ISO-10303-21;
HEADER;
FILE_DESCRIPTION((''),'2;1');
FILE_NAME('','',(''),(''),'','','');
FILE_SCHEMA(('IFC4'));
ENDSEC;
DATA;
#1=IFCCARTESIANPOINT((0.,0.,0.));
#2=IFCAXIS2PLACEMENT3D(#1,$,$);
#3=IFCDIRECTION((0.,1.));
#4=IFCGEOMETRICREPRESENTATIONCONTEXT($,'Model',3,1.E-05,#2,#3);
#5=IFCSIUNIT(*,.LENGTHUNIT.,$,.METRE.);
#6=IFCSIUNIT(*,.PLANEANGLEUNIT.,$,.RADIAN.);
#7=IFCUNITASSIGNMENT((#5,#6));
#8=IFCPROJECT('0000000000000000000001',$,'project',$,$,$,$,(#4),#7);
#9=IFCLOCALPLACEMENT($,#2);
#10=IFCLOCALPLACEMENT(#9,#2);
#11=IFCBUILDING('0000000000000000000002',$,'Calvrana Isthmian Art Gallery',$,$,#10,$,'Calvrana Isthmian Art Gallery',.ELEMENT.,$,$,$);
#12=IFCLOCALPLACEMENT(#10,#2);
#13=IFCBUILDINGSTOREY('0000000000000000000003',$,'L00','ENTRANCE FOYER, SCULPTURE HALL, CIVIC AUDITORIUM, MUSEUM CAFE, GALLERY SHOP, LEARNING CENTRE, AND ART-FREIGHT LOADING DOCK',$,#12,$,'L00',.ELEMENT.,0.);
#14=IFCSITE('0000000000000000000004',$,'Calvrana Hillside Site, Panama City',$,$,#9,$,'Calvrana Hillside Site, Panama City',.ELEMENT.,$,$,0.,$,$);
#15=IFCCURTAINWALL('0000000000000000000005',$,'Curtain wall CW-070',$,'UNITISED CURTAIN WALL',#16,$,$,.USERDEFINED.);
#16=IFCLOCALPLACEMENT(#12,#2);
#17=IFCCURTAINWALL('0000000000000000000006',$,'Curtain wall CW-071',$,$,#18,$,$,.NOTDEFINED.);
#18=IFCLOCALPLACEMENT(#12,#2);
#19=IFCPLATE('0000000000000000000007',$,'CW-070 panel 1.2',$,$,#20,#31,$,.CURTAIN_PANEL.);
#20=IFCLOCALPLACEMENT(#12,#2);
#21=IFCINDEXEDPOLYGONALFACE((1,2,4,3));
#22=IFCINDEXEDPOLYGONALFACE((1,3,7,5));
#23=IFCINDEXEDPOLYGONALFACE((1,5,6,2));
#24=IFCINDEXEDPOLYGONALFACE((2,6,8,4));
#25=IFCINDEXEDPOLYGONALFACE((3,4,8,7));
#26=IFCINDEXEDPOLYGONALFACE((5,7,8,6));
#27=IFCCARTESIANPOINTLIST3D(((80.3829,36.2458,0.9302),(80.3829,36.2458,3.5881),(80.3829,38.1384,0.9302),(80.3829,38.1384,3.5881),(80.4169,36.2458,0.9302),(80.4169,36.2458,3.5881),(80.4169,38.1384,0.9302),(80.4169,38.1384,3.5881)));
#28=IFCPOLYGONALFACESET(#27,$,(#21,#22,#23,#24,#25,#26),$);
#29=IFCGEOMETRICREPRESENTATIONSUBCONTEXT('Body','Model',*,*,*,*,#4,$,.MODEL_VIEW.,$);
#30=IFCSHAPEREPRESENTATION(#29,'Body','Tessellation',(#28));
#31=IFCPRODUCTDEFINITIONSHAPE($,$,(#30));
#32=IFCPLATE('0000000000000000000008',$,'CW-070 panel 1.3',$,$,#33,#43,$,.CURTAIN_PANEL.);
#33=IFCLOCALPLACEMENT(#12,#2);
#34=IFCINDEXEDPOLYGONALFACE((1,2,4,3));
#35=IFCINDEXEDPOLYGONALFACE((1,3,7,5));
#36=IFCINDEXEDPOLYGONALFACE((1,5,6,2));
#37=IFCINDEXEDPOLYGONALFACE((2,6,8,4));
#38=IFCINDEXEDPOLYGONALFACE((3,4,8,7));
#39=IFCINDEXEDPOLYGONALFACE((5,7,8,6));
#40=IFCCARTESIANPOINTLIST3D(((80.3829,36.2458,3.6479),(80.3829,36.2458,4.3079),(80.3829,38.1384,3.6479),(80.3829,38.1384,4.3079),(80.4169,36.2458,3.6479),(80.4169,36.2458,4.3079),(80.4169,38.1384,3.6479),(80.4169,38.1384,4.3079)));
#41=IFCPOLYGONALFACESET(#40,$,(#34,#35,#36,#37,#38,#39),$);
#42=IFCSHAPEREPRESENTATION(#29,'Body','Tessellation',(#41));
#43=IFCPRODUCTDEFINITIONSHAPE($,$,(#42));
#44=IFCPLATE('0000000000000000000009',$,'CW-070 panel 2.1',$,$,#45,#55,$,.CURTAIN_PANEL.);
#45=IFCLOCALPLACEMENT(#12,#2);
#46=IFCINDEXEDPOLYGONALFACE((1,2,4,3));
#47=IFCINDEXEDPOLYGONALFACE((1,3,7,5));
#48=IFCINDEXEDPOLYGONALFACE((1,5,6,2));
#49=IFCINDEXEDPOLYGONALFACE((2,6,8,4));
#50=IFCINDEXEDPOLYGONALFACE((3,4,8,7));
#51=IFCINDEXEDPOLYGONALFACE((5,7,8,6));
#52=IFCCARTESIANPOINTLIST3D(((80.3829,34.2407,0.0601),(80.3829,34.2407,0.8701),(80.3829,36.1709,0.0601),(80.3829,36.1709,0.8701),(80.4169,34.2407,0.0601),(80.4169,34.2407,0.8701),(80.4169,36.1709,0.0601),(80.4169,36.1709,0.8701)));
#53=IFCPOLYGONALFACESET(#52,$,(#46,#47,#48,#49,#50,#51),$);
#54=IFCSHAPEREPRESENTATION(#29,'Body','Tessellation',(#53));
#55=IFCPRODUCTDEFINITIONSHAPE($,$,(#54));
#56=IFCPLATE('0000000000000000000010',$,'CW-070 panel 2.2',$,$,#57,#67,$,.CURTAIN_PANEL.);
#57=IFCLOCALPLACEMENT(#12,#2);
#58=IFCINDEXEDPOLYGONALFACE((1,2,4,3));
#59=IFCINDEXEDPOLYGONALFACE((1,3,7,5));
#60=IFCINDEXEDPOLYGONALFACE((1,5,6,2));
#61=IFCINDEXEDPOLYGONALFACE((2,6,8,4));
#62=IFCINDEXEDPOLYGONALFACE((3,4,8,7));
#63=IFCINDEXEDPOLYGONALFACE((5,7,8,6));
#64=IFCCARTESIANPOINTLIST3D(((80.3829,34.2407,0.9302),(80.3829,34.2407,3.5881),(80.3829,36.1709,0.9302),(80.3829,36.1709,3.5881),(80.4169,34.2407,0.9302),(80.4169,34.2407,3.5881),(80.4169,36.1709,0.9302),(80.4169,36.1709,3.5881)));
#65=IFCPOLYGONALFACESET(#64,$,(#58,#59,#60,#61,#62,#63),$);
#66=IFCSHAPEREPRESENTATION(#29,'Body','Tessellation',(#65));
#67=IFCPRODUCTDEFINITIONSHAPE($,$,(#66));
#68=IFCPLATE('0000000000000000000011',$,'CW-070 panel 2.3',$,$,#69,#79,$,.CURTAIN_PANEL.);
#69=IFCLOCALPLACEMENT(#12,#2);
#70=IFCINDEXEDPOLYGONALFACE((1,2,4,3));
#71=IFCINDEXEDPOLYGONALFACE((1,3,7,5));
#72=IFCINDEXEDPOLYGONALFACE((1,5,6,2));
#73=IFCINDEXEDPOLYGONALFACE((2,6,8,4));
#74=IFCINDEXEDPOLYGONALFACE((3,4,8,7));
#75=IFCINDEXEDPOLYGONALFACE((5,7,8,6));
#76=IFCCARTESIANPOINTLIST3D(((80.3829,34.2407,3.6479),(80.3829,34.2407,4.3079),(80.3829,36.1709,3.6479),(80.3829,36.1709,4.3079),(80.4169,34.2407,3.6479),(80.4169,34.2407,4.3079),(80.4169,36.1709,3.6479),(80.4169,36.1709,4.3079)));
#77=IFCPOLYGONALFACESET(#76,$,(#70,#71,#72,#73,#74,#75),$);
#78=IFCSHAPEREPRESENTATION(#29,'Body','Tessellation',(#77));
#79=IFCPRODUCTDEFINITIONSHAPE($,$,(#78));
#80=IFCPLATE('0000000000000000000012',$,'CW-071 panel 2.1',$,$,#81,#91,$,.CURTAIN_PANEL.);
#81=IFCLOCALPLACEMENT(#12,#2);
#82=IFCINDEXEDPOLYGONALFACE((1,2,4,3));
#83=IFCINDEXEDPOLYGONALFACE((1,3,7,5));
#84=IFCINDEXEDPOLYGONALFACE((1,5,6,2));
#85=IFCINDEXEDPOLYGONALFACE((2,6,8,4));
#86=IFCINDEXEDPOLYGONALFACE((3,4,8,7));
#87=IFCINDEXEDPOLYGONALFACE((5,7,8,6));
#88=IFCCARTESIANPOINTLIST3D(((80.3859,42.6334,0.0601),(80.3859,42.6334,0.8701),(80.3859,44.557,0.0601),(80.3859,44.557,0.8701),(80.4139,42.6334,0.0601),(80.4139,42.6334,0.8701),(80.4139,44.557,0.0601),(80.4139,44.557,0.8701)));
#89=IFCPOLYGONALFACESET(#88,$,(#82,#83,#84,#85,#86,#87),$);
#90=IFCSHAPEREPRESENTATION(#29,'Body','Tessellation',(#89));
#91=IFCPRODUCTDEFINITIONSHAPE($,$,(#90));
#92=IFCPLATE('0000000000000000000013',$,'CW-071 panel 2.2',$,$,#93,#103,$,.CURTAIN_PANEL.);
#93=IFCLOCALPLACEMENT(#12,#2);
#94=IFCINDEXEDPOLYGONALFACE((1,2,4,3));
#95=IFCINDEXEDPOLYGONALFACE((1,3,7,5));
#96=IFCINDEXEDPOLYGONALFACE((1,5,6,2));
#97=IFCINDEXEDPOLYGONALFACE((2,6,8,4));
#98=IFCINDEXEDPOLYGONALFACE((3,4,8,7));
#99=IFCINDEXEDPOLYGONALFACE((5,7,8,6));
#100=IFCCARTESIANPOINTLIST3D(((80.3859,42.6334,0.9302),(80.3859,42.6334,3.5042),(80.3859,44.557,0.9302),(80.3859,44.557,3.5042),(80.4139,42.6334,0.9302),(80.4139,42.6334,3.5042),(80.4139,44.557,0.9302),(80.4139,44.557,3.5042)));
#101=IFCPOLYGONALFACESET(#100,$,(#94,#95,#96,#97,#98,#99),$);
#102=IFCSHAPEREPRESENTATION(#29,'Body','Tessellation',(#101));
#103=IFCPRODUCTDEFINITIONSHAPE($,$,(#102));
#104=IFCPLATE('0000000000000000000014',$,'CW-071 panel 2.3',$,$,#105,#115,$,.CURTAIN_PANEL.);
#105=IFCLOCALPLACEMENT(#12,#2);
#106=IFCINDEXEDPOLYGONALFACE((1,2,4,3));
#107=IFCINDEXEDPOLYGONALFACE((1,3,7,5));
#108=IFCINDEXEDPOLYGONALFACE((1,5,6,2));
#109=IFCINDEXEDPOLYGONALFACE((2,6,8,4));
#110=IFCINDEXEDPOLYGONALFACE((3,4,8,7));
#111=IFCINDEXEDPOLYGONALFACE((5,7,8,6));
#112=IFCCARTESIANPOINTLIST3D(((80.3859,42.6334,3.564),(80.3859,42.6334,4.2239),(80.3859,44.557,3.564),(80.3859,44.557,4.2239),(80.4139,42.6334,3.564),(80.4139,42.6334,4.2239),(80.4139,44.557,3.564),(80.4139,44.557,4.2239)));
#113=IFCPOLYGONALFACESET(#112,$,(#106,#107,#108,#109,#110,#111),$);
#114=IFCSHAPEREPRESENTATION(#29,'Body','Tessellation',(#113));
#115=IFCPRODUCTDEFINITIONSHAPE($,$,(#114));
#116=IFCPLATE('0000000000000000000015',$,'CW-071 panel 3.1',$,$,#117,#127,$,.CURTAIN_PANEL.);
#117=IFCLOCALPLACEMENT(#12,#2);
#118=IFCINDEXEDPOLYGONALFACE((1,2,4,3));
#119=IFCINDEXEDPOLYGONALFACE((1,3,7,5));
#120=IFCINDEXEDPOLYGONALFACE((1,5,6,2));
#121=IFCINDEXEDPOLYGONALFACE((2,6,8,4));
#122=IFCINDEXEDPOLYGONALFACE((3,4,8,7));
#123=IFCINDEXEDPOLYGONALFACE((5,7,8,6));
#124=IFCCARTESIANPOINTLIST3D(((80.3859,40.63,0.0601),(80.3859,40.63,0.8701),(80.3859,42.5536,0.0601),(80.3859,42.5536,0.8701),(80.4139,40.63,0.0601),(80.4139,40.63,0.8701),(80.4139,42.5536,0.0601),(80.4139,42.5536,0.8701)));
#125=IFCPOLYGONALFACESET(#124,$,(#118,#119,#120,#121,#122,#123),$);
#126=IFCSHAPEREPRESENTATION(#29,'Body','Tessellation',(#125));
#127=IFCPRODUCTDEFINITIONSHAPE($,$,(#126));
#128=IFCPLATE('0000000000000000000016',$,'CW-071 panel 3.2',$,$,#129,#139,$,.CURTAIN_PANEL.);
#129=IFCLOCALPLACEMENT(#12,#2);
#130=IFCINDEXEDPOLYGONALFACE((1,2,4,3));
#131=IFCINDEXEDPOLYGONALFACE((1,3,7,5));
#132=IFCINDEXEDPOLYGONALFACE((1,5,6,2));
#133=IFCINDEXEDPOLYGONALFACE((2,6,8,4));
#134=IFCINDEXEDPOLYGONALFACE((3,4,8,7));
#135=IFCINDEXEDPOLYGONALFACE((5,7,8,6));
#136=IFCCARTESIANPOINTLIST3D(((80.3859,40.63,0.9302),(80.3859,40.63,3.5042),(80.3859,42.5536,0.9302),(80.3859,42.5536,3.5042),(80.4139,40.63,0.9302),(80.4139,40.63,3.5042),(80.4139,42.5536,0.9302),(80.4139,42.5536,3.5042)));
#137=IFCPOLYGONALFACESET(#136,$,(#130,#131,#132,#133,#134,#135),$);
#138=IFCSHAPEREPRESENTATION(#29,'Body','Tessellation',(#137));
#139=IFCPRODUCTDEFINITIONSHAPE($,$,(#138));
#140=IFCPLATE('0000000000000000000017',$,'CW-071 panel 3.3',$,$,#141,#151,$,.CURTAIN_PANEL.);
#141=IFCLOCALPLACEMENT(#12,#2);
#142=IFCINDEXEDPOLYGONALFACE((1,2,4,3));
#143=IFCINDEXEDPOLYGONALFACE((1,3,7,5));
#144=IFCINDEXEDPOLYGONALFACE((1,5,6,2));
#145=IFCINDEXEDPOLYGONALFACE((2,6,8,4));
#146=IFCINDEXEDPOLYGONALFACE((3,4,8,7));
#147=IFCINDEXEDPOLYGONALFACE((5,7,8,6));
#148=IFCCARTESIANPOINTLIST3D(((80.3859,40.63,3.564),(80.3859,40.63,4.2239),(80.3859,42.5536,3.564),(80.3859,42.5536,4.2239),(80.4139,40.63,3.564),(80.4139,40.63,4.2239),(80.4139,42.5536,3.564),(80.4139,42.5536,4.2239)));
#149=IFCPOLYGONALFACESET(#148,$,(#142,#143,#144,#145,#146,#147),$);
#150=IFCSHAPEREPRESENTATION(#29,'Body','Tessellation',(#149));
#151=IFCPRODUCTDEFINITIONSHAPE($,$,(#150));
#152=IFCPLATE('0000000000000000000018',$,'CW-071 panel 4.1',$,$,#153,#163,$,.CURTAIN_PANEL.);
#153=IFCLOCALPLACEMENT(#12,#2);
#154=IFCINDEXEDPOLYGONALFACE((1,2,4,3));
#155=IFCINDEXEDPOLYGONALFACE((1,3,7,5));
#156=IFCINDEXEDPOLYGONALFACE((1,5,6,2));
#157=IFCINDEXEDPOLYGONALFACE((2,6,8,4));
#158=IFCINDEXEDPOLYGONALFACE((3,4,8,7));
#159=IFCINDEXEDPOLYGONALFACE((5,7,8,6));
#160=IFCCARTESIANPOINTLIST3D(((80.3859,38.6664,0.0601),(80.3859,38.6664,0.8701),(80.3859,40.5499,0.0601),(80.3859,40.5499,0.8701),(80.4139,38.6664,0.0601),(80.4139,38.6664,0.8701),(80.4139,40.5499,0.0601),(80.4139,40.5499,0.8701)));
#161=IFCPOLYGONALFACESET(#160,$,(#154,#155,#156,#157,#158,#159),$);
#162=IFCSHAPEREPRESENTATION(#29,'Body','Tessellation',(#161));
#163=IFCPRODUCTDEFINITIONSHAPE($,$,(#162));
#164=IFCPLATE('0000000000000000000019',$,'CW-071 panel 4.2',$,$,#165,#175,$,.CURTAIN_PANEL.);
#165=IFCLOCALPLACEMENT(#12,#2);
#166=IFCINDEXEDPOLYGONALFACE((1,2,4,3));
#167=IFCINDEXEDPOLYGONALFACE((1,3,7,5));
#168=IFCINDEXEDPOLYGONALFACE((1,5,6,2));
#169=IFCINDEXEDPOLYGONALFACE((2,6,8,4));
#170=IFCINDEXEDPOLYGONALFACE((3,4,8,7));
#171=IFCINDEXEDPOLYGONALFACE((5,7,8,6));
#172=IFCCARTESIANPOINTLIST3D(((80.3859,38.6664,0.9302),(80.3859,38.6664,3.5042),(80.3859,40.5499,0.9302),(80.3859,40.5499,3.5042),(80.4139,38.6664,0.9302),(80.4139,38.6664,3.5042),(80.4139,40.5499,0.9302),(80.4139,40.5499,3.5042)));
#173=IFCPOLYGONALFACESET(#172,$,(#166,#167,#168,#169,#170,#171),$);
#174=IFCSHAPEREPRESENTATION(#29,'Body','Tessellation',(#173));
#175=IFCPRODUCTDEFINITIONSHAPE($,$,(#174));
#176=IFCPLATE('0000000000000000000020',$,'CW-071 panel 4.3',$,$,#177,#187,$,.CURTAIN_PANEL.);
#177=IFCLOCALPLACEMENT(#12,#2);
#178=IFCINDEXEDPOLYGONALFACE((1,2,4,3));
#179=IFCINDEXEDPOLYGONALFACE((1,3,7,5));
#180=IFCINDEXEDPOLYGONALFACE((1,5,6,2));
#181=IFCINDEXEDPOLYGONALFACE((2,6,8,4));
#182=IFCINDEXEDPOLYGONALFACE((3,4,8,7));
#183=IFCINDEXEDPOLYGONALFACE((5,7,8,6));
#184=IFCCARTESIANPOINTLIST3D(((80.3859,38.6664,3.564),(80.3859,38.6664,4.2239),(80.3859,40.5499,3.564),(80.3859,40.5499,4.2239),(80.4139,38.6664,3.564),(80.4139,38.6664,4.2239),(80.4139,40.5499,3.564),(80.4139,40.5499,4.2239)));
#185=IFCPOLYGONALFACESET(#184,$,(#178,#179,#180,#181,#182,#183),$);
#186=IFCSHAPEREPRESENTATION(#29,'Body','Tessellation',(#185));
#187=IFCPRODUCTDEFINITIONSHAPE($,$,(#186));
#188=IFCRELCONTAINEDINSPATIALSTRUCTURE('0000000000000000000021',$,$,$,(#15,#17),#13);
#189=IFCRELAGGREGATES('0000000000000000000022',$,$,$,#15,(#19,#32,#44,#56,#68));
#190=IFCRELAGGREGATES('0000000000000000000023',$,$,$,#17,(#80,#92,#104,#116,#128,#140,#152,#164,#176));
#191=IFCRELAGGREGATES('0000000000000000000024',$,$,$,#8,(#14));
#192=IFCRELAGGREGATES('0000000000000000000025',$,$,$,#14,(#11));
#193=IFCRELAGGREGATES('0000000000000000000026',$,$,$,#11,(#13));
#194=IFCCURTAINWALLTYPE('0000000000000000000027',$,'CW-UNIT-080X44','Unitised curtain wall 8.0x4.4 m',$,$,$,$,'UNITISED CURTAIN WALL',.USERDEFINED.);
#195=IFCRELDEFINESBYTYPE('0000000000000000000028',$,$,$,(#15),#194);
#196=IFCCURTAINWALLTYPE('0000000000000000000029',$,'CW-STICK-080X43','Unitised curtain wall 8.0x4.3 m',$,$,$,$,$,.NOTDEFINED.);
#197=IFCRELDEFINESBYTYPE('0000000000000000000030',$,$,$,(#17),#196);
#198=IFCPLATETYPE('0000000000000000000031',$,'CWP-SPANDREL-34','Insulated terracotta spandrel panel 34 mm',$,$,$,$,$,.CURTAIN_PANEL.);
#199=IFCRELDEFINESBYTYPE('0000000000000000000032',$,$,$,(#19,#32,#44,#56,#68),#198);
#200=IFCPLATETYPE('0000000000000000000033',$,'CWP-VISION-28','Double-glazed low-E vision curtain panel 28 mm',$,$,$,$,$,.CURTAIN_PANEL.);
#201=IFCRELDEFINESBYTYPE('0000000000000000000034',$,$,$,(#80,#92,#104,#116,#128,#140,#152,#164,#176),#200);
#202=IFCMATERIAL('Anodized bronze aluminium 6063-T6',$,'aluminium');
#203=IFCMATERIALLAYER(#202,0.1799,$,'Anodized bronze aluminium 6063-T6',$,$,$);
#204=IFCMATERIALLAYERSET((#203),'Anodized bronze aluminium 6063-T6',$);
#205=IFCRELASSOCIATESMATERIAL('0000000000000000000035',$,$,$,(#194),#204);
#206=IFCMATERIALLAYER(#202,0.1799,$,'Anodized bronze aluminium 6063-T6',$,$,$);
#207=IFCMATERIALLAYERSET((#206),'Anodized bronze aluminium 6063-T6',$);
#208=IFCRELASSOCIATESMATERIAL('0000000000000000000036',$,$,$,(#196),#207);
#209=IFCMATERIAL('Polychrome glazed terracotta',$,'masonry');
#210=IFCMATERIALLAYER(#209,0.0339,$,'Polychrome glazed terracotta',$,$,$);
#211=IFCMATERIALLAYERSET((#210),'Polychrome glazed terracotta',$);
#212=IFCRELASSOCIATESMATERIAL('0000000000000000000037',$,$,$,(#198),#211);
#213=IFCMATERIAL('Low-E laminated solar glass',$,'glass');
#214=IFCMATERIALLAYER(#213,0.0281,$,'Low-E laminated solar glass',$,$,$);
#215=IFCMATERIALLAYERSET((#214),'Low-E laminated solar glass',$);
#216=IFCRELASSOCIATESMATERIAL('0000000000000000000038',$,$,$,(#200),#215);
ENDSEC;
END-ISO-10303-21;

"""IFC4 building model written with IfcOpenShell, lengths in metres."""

from ifc_helpers import new_model, si_unit, direction, frame, origin, origin_2d, place, context, subcontext, project, spatial, rectangle, extrude, material, layer, layer_set, type_object, element, aggregate, save


model = new_model("IFC4")

# Units and contexts
model_context = context("Model", 3, precision=1e-05, world=origin(), true_north=direction((0.0, 1.0)))
body_context = subcontext(model_context, "Body", "Model", "MODEL_VIEW")
ifc_project = project(units=[si_unit("LENGTHUNIT", "METRE"), si_unit("PLANEANGLEUNIT", "RADIAN")], contexts=[model_context])

# Site, building, storey
site_placement = place(None, origin())
site = spatial("IfcSite", under=ifc_project, at=site_placement, Name="Calvrana Hillside Site, Panama City", LongName="Calvrana Hillside Site, Panama City", CompositionType="ELEMENT", RefElevation=0.0)
building_placement = place(site_placement, origin())
building = spatial("IfcBuilding", under=site, at=building_placement, Name="Calvrana Isthmian Art Gallery", LongName="Calvrana Isthmian Art Gallery", CompositionType="ELEMENT")
storey_placement = place(building_placement, origin())
storey = spatial("IfcBuildingStorey", under=building, at=storey_placement, Name="L00", Description="ENTRANCE FOYER, SCULPTURE HALL, CIVIC AUDITORIUM, MUSEUM CAFE, GALLERY SHOP, LEARNING CENTRE, AND ART-FREIGHT LOADING DOCK", LongName="L00", CompositionType="ELEMENT", Elevation=0.0)

# Curtain walls
ifc_material_1 = material(Name="Anodized bronze aluminium 6063-T6", Category="aluminium")
ifc_layer_1 = layer(ifc_material_1, 0.1799, Name="Anodized bronze aluminium 6063-T6")
ifc_layer_set_1 = layer_set([ifc_layer_1], Name="Anodized bronze aluminium 6063-T6")
curtain_wall_type_1 = type_object("IfcCurtainWallType", Name="CW-UNIT-080X44", Description="Unitised curtain wall 8.0x4.4 m", ElementType="UNITISED CURTAIN WALL", PredefinedType="USERDEFINED", material=ifc_layer_set_1)
curtain_wall_1_placement = place(storey_placement, origin())
curtain_wall_1 = element("IfcCurtainWall", 1, at=curtain_wall_1_placement, inside=storey, type_object=curtain_wall_type_1, Name="Curtain wall CW-070", ObjectType="UNITISED CURTAIN WALL", PredefinedType="USERDEFINED")
ifc_layer_2 = layer(ifc_material_1, 0.1799, Name="Anodized bronze aluminium 6063-T6")
ifc_layer_set_2 = layer_set([ifc_layer_2], Name="Anodized bronze aluminium 6063-T6")
curtain_wall_type_2 = type_object("IfcCurtainWallType", Name="CW-STICK-080X43", Description="Unitised curtain wall 8.0x4.3 m", PredefinedType="NOTDEFINED", material=ifc_layer_set_2)
curtain_wall_2_placement = place(storey_placement, origin())
curtain_wall_2 = element("IfcCurtainWall", 2, at=curtain_wall_2_placement, inside=storey, type_object=curtain_wall_type_2, Name="Curtain wall CW-071", PredefinedType="NOTDEFINED")

# Plates
ifc_material_2 = material(Name="Polychrome glazed terracotta", Category="masonry")
ifc_layer_3 = layer(ifc_material_2, 0.0339, Name="Polychrome glazed terracotta")
ifc_layer_set_3 = layer_set([ifc_layer_3], Name="Polychrome glazed terracotta")
plate_type_1 = type_object("IfcPlateType", Name="CWP-SPANDREL-34", Description="Insulated terracotta spandrel panel 34 mm", PredefinedType="CURTAIN_PANEL", material=ifc_layer_set_3)
plate_1_placement = place(storey_placement, frame((80.3999, 37.1921, 0.9302), z_axis=(0.0, 0.0, 1.0), x_axis=(0.0, -1.0, 0.0)))
plate_1 = element("IfcPlate", 3, at=plate_1_placement, type_object=plate_type_1, Name="CW-070 panel 1.2", PredefinedType="CURTAIN_PANEL", context=body_context, shape_type="SweptSolid", body=[
    extrude(rectangle(XDim=1.8926, YDim=0.0339, at=origin_2d()), origin(), (0.0, 0.0, 1.0), 2.658),
])
plate_2_placement = place(storey_placement, frame((80.3999, 37.1921, 3.6479), z_axis=(0.0, 0.0, 1.0), x_axis=(0.0, -1.0, 0.0)))
plate_2 = element("IfcPlate", 4, at=plate_2_placement, type_object=plate_type_1, Name="CW-070 panel 1.3", PredefinedType="CURTAIN_PANEL", context=body_context, shape_type="SweptSolid", body=[
    extrude(rectangle(XDim=1.8926, YDim=0.0339, at=origin_2d()), origin(), (0.0, 0.0, 1.0), 0.6599),
])
plate_3_placement = place(storey_placement, frame((80.3999, 35.2058, 0.0601), z_axis=(0.0, 0.0, 1.0), x_axis=(0.0, -1.0, 0.0)))
plate_3 = element("IfcPlate", 5, at=plate_3_placement, type_object=plate_type_1, Name="CW-070 panel 2.1", PredefinedType="CURTAIN_PANEL", context=body_context, shape_type="SweptSolid", body=[
    extrude(rectangle(XDim=1.9302, YDim=0.0339, at=origin_2d()), origin(), (0.0, 0.0, 1.0), 0.8101),
])
plate_4_placement = place(storey_placement, frame((80.3999, 35.2058, 0.9302), z_axis=(0.0, 0.0, 1.0), x_axis=(0.0, -1.0, 0.0)))
plate_4 = element("IfcPlate", 6, at=plate_4_placement, type_object=plate_type_1, Name="CW-070 panel 2.2", PredefinedType="CURTAIN_PANEL", context=body_context, shape_type="SweptSolid", body=[
    extrude(rectangle(XDim=1.9302, YDim=0.0339, at=origin_2d()), origin(), (0.0, 0.0, 1.0), 2.658),
])
plate_5_placement = place(storey_placement, frame((80.3999, 35.2058, 3.6479), z_axis=(0.0, 0.0, 1.0), x_axis=(0.0, -1.0, 0.0)))
plate_5 = element("IfcPlate", 7, at=plate_5_placement, type_object=plate_type_1, Name="CW-070 panel 2.3", PredefinedType="CURTAIN_PANEL", context=body_context, shape_type="SweptSolid", body=[
    extrude(rectangle(XDim=1.9302, YDim=0.0339, at=origin_2d()), origin(), (0.0, 0.0, 1.0), 0.6599),
])
aggregate(curtain_wall_1, [plate_1, plate_2, plate_3, plate_4, plate_5])
ifc_material_3 = material(Name="Low-E laminated solar glass", Category="glass")
ifc_layer_4 = layer(ifc_material_3, 0.0281, Name="Low-E laminated solar glass")
ifc_layer_set_4 = layer_set([ifc_layer_4], Name="Low-E laminated solar glass")
plate_type_2 = type_object("IfcPlateType", Name="CWP-VISION-28", Description="Double-glazed low-E vision curtain panel 28 mm", PredefinedType="CURTAIN_PANEL", material=ifc_layer_set_4)
plate_6_placement = place(storey_placement, frame((80.3999, 43.5952, 0.0601), z_axis=(0.0, 0.0, 1.0), x_axis=(0.0, -1.0, 0.0)))
plate_6 = element("IfcPlate", 8, at=plate_6_placement, type_object=plate_type_2, Name="CW-071 panel 2.1", PredefinedType="CURTAIN_PANEL", context=body_context, shape_type="SweptSolid", body=[
    extrude(rectangle(XDim=1.9236, YDim=0.0281, at=origin_2d()), origin(), (0.0, 0.0, 1.0), 0.8101),
])
plate_7_placement = place(storey_placement, frame((80.3999, 43.5952, 0.9302), z_axis=(0.0, 0.0, 1.0), x_axis=(0.0, -1.0, 0.0)))
plate_7 = element("IfcPlate", 9, at=plate_7_placement, type_object=plate_type_2, Name="CW-071 panel 2.2", PredefinedType="CURTAIN_PANEL", context=body_context, shape_type="SweptSolid", body=[
    extrude(rectangle(XDim=1.9236, YDim=0.0281, at=origin_2d()), origin(), (0.0, 0.0, 1.0), 2.574),
])
plate_8_placement = place(storey_placement, frame((80.3999, 43.5952, 3.564), z_axis=(0.0, 0.0, 1.0), x_axis=(0.0, -1.0, 0.0)))
plate_8 = element("IfcPlate", 10, at=plate_8_placement, type_object=plate_type_2, Name="CW-071 panel 2.3", PredefinedType="CURTAIN_PANEL", context=body_context, shape_type="SweptSolid", body=[
    extrude(rectangle(XDim=1.9236, YDim=0.0281, at=origin_2d()), origin(), (0.0, 0.0, 1.0), 0.6599),
])
plate_9_placement = place(storey_placement, frame((80.3999, 41.5918, 0.0601), z_axis=(0.0, 0.0, 1.0), x_axis=(0.0, -1.0, 0.0)))
plate_9 = element("IfcPlate", 11, at=plate_9_placement, type_object=plate_type_2, Name="CW-071 panel 3.1", PredefinedType="CURTAIN_PANEL", context=body_context, shape_type="SweptSolid", body=[
    extrude(rectangle(XDim=1.9236, YDim=0.0281, at=origin_2d()), origin(), (0.0, 0.0, 1.0), 0.8101),
])
plate_10_placement = place(storey_placement, frame((80.3999, 41.5918, 0.9302), z_axis=(0.0, 0.0, 1.0), x_axis=(0.0, -1.0, 0.0)))
plate_10 = element("IfcPlate", 12, at=plate_10_placement, type_object=plate_type_2, Name="CW-071 panel 3.2", PredefinedType="CURTAIN_PANEL", context=body_context, shape_type="SweptSolid", body=[
    extrude(rectangle(XDim=1.9236, YDim=0.0281, at=origin_2d()), origin(), (0.0, 0.0, 1.0), 2.574),
])
plate_11_placement = place(storey_placement, frame((80.3999, 41.5918, 3.564), z_axis=(0.0, 0.0, 1.0), x_axis=(0.0, -1.0, 0.0)))
plate_11 = element("IfcPlate", 13, at=plate_11_placement, type_object=plate_type_2, Name="CW-071 panel 3.3", PredefinedType="CURTAIN_PANEL", context=body_context, shape_type="SweptSolid", body=[
    extrude(rectangle(XDim=1.9236, YDim=0.0281, at=origin_2d()), origin(), (0.0, 0.0, 1.0), 0.6599),
])
plate_12_placement = place(storey_placement, frame((80.3999, 39.6082, 0.0601), z_axis=(0.0, 0.0, 1.0), x_axis=(0.0, -1.0, 0.0)))
plate_12 = element("IfcPlate", 14, at=plate_12_placement, type_object=plate_type_2, Name="CW-071 panel 4.1", PredefinedType="CURTAIN_PANEL", context=body_context, shape_type="SweptSolid", body=[
    extrude(rectangle(XDim=1.8835, YDim=0.0281, at=origin_2d()), origin(), (0.0, 0.0, 1.0), 0.8101),
])
plate_13_placement = place(storey_placement, frame((80.3999, 39.6082, 0.9302), z_axis=(0.0, 0.0, 1.0), x_axis=(0.0, -1.0, 0.0)))
plate_13 = element("IfcPlate", 15, at=plate_13_placement, type_object=plate_type_2, Name="CW-071 panel 4.2", PredefinedType="CURTAIN_PANEL", context=body_context, shape_type="SweptSolid", body=[
    extrude(rectangle(XDim=1.8835, YDim=0.0281, at=origin_2d()), origin(), (0.0, 0.0, 1.0), 2.574),
])
plate_14_placement = place(storey_placement, frame((80.3999, 39.6082, 3.564), z_axis=(0.0, 0.0, 1.0), x_axis=(0.0, -1.0, 0.0)))
plate_14 = element("IfcPlate", 16, at=plate_14_placement, type_object=plate_type_2, Name="CW-071 panel 4.3", PredefinedType="CURTAIN_PANEL", context=body_context, shape_type="SweptSolid", body=[
    extrude(rectangle(XDim=1.8835, YDim=0.0281, at=origin_2d()), origin(), (0.0, 0.0, 1.0), 0.6599),
])
aggregate(curtain_wall_2, [plate_6, plate_7, plate_8, plate_9, plate_10, plate_11, plate_12, plate_13, plate_14])

save(model, "model.ifc")
